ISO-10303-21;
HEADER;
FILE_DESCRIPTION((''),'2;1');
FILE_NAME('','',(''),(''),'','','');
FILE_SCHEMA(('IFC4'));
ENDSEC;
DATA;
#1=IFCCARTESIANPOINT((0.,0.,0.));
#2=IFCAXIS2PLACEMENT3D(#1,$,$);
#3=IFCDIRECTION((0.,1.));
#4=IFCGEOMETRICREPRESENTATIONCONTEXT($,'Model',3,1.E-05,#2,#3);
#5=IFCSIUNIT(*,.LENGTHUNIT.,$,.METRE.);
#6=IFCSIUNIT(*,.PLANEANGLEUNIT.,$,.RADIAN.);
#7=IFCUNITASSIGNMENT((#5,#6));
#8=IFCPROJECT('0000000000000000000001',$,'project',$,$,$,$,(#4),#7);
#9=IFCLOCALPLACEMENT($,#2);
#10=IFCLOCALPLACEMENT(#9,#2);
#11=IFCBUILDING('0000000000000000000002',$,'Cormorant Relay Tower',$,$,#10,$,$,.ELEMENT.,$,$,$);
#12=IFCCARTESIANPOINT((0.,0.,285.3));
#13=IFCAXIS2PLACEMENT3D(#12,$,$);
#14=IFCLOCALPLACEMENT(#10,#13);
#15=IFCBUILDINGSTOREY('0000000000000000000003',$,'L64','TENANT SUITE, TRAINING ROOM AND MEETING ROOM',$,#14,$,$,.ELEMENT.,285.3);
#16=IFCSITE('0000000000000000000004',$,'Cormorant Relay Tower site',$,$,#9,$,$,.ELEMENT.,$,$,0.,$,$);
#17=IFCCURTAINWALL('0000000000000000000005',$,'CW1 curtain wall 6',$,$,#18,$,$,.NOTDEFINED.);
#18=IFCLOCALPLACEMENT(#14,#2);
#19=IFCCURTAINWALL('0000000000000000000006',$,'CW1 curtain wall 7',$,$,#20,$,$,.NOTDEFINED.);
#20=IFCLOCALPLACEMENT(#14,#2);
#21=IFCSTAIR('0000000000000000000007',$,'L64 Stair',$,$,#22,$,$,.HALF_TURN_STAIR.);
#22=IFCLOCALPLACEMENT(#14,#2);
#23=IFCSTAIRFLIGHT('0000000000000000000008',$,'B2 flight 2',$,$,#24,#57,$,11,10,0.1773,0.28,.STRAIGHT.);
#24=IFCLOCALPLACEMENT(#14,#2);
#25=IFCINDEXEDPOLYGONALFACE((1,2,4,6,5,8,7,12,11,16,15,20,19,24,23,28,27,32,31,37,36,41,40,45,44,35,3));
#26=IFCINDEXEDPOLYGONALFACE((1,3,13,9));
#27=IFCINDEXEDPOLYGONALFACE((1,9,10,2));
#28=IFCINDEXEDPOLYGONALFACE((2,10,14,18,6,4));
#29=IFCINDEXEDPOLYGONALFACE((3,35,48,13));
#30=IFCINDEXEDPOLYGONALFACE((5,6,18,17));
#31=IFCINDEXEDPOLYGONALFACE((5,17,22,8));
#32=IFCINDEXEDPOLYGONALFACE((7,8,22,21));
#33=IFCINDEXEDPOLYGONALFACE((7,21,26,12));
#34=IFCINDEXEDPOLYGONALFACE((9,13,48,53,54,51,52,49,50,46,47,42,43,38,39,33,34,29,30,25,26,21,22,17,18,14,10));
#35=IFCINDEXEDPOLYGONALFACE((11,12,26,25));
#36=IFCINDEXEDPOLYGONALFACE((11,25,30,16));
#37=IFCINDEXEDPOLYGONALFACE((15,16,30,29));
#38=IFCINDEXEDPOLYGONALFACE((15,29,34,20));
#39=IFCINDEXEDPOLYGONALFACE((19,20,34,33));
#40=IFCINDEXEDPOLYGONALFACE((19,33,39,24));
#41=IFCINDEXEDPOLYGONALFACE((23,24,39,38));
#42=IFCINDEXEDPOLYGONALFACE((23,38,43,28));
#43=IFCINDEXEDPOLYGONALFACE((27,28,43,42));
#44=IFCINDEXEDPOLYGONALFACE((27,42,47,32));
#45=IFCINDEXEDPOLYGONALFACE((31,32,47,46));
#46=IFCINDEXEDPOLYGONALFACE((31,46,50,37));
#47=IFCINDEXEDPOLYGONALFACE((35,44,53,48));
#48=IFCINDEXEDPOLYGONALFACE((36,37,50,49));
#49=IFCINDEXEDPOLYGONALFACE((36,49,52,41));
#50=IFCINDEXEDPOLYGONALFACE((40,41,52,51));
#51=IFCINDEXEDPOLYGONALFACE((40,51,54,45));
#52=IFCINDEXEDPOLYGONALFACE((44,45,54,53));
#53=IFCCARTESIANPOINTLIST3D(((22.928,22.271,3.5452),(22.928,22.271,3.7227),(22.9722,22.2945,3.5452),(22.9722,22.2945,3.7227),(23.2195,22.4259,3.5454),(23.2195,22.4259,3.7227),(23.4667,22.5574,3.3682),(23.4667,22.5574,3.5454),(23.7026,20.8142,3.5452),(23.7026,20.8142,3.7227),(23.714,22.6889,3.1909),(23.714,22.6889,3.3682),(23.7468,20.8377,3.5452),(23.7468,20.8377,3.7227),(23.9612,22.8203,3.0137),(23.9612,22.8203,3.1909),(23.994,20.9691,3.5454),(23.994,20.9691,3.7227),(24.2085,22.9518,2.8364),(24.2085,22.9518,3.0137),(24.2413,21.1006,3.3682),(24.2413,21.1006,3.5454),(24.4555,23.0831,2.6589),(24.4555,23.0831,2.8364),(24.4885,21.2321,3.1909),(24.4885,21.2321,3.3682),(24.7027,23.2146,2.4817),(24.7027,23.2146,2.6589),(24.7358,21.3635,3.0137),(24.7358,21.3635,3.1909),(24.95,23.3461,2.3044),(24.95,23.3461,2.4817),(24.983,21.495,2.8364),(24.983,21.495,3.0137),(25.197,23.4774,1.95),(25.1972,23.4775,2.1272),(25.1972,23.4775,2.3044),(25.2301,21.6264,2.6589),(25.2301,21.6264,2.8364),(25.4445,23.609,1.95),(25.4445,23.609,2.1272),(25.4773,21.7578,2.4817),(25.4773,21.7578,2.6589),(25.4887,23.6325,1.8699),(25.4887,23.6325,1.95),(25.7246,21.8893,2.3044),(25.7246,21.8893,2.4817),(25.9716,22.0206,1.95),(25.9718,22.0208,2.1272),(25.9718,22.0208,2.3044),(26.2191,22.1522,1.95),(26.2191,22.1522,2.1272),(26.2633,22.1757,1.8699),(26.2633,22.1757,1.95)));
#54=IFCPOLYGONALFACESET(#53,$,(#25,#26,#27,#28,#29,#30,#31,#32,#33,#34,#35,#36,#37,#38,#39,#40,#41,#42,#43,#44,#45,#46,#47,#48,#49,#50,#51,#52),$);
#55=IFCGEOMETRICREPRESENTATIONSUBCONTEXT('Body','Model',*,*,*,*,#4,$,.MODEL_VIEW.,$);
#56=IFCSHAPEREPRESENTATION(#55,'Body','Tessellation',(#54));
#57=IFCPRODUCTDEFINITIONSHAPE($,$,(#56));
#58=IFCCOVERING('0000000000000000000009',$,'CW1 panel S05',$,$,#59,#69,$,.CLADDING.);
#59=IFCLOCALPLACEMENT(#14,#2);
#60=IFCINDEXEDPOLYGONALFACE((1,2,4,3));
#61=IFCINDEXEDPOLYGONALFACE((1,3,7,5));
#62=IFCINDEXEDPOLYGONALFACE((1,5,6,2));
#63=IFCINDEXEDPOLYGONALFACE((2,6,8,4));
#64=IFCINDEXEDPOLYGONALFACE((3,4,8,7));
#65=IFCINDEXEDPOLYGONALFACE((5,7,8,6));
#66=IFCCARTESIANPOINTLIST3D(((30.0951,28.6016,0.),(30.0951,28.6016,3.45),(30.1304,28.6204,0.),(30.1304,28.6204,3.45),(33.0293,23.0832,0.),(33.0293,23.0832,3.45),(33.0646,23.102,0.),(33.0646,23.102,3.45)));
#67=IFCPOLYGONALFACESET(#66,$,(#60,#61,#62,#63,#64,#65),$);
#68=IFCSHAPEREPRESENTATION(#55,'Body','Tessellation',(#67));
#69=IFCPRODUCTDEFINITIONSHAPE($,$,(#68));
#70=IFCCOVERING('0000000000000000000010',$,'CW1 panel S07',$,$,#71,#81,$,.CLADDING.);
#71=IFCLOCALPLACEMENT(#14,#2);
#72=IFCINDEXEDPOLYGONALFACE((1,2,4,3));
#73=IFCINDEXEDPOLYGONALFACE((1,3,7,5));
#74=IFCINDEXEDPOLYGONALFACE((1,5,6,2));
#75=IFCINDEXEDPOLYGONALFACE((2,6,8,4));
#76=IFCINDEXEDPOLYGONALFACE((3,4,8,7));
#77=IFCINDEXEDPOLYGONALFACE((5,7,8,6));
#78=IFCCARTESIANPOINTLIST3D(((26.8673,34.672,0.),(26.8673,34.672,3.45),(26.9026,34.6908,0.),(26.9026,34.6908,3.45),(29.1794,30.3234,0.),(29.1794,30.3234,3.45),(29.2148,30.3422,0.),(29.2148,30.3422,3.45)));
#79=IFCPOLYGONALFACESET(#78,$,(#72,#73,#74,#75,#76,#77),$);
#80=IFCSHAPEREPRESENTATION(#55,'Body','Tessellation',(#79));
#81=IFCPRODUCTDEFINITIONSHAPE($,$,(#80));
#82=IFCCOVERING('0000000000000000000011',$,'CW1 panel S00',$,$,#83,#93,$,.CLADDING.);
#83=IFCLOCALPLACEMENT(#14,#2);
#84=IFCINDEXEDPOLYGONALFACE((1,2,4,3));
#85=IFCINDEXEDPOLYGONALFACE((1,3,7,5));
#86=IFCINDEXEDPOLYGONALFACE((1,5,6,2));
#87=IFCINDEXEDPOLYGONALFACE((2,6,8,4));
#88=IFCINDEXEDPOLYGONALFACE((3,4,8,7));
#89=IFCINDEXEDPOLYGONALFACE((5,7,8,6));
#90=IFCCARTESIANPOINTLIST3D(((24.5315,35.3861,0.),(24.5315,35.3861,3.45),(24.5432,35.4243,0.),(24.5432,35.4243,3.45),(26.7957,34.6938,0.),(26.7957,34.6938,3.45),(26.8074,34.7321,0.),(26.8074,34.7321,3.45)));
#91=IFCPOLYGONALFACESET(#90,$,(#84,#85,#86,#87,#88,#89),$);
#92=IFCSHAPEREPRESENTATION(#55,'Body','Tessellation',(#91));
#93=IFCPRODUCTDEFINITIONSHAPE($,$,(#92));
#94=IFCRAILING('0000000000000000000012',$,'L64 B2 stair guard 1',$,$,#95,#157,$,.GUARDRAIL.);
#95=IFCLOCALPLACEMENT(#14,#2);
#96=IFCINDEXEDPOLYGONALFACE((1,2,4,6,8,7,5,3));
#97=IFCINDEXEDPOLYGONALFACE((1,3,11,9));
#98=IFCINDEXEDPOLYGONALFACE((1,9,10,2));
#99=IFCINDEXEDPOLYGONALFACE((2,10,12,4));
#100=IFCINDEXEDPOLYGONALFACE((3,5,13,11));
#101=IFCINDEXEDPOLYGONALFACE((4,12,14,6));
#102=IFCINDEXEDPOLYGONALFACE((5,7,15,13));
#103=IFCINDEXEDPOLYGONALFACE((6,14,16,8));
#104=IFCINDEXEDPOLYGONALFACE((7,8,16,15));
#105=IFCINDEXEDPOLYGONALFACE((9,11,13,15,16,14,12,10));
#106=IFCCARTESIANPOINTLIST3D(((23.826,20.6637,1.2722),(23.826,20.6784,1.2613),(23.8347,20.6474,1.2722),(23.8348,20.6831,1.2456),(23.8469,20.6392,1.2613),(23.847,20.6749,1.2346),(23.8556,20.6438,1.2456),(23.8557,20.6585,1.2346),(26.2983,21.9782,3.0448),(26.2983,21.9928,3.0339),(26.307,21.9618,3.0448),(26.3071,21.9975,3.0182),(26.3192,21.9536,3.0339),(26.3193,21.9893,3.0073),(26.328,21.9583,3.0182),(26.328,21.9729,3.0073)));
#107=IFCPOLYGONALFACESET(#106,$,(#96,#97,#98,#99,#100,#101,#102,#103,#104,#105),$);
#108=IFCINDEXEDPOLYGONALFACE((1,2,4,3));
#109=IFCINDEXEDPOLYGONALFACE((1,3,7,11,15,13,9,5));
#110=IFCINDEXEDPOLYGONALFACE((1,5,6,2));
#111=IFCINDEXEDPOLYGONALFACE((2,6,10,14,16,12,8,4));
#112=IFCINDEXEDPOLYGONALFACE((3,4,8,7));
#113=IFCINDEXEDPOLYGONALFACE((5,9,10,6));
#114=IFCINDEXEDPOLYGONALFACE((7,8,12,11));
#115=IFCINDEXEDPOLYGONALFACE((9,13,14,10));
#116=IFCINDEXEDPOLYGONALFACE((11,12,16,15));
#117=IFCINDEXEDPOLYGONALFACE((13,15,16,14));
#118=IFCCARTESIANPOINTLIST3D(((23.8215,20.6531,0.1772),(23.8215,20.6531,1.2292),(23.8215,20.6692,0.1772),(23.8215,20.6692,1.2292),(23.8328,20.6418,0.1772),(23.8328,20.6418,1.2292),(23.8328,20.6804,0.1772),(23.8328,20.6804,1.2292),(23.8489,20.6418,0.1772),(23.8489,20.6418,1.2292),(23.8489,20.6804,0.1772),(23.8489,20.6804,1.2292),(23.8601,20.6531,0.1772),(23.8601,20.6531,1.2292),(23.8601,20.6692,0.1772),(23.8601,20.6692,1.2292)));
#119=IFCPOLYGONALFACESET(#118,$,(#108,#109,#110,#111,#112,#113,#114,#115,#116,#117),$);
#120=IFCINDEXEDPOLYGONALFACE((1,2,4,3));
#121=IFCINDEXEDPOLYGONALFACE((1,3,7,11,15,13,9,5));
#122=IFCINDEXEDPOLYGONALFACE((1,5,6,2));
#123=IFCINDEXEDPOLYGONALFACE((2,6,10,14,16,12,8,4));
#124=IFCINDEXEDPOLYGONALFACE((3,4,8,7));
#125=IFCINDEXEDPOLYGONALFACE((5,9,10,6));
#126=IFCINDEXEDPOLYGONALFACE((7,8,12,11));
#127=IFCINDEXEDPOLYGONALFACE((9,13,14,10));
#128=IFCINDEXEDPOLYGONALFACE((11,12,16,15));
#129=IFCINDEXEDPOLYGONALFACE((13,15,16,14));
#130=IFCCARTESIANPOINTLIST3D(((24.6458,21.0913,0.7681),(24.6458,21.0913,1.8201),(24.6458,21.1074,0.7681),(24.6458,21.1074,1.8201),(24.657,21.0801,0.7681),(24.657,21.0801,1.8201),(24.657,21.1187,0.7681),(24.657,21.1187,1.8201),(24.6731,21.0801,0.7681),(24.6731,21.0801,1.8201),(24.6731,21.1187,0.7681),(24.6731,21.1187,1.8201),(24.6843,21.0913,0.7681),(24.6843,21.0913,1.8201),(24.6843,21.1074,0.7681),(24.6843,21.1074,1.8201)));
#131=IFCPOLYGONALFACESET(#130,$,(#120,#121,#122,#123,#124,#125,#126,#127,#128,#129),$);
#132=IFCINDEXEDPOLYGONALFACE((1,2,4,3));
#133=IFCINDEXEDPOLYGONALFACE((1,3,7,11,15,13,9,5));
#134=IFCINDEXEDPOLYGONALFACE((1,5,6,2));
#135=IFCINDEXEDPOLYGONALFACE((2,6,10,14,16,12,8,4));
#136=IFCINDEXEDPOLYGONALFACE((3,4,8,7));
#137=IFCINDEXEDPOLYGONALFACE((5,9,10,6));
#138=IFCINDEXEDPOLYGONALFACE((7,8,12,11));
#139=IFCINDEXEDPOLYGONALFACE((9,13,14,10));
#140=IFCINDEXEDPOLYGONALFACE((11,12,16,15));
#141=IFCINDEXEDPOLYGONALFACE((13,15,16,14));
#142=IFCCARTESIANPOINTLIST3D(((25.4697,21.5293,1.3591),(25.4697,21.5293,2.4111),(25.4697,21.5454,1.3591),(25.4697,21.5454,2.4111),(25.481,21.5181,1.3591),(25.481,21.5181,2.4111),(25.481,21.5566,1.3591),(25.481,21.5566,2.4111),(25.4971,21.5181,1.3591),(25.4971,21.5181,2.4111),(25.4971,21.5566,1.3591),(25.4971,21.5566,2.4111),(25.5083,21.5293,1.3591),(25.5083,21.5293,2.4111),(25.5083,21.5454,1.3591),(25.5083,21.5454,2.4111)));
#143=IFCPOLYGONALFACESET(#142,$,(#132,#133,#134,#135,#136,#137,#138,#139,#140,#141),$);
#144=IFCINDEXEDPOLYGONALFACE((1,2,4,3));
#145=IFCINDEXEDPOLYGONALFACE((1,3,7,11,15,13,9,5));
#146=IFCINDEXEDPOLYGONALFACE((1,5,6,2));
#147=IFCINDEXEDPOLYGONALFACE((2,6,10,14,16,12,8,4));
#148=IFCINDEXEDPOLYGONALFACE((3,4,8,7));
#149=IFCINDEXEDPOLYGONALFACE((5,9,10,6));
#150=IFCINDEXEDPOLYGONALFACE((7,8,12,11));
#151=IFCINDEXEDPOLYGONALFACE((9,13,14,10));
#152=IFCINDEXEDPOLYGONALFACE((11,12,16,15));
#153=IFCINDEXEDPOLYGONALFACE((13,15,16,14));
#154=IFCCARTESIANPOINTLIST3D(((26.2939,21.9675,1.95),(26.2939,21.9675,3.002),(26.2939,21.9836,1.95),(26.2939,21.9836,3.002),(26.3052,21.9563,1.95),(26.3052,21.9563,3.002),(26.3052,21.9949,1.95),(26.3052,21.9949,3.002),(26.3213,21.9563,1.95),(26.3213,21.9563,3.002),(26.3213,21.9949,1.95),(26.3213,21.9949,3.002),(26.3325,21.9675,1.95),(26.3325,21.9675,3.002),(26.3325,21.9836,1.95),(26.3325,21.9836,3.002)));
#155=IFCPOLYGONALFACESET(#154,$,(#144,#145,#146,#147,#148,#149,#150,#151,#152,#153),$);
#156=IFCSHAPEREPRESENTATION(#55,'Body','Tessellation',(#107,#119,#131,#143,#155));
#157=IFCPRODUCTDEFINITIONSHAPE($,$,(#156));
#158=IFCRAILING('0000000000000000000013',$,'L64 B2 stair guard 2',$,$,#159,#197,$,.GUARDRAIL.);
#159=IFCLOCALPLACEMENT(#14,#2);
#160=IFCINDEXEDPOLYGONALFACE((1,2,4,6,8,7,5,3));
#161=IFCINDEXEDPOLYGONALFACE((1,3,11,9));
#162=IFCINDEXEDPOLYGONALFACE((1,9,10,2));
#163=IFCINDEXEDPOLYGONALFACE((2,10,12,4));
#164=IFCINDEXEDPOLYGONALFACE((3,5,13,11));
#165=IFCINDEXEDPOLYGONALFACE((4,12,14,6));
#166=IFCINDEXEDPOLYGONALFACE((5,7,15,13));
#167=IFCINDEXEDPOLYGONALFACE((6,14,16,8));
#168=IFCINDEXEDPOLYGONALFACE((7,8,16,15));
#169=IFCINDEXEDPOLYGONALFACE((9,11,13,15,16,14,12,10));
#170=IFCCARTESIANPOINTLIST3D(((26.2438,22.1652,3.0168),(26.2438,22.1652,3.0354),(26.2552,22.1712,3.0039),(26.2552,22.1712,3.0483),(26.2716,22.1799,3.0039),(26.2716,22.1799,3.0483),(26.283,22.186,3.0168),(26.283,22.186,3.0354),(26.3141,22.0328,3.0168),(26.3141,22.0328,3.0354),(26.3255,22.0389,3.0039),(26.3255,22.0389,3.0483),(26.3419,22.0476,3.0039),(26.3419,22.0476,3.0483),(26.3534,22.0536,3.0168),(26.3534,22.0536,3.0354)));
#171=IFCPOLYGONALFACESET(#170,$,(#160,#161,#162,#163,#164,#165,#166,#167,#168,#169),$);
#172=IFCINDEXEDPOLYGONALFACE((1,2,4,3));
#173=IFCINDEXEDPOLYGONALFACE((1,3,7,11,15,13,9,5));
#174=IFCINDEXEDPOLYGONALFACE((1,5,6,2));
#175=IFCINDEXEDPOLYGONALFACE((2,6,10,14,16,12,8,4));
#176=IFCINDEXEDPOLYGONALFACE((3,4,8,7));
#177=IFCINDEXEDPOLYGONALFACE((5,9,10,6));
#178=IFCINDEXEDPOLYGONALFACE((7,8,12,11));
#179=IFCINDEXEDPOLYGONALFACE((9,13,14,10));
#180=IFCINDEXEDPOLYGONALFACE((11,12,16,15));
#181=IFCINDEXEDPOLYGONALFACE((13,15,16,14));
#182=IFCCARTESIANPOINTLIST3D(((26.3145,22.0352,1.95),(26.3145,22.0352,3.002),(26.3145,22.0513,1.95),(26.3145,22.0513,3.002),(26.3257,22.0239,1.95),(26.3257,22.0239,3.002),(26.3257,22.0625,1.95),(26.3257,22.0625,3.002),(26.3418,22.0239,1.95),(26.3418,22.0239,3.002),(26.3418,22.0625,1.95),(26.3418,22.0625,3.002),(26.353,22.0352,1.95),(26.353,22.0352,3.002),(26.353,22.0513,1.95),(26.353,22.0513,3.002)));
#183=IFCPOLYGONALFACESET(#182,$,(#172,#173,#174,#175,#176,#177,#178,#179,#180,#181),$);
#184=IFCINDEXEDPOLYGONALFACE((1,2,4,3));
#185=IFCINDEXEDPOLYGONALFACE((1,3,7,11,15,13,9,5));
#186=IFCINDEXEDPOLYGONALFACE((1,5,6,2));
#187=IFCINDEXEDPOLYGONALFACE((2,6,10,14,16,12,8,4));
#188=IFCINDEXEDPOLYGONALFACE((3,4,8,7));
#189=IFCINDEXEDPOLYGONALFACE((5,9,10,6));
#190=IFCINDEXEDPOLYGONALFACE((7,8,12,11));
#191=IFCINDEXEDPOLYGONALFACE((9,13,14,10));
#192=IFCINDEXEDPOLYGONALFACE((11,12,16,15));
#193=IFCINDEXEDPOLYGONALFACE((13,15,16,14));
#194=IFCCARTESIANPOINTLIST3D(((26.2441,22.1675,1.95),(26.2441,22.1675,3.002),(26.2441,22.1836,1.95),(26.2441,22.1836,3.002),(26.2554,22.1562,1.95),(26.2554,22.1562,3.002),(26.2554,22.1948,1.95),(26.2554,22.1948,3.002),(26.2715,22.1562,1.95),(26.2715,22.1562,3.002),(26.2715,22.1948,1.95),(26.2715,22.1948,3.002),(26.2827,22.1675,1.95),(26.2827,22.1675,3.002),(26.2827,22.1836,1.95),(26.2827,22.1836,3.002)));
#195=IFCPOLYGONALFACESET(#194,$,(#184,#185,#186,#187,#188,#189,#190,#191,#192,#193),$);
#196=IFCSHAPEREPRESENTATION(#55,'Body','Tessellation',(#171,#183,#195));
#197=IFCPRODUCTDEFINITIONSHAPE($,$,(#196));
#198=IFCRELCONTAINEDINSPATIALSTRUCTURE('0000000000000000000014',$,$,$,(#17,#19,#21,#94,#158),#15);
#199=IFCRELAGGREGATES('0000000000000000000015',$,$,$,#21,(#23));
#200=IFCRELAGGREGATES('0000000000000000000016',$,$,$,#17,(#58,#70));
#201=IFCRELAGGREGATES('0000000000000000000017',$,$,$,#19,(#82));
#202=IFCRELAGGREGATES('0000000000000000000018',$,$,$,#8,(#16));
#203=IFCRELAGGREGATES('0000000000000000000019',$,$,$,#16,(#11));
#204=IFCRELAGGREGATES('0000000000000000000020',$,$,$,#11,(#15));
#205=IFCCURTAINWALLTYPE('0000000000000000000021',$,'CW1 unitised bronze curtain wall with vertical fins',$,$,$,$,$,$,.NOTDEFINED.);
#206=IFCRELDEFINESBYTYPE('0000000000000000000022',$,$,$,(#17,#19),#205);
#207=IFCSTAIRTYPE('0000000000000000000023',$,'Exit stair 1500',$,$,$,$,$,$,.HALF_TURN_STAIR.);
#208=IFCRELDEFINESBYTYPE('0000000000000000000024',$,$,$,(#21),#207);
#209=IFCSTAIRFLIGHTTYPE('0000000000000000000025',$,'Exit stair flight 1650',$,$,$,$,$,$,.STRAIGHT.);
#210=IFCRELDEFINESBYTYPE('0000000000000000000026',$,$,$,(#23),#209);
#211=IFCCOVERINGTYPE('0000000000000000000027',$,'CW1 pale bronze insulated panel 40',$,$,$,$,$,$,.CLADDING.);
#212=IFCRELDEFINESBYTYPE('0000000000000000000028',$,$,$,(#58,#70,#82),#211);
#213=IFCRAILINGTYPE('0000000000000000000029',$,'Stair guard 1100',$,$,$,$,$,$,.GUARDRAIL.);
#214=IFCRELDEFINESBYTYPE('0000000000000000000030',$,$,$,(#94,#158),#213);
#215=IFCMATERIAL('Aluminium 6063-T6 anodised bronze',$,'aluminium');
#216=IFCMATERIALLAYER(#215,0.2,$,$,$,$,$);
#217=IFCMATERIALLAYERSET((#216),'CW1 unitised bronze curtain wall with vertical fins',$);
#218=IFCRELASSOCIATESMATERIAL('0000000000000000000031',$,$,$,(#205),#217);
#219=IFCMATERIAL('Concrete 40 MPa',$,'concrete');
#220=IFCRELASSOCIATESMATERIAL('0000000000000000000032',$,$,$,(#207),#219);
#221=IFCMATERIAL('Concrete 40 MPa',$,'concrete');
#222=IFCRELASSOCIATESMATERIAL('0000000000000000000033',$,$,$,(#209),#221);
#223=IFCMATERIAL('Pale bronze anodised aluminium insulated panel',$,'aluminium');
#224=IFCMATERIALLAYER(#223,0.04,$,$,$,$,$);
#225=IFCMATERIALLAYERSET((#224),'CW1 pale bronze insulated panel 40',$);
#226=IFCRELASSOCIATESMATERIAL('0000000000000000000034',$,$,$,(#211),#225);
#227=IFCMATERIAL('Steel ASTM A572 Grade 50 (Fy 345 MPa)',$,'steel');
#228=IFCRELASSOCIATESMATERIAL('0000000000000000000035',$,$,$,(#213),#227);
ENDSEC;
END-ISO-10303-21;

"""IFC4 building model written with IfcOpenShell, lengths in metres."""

from ifc_helpers import new_model, si_unit, direction, frame, origin, origin_2d, place, context, subcontext, project, spatial, polyline, rectangle, outline, extrude, material, layer, layer_set, type_object, element, aggregate, save


model = new_model("IFC4")

# Units and contexts
model_context = context("Model", 3, precision=1e-05, world=origin(), true_north=direction((0.0, 1.0)))
body_context = subcontext(model_context, "Body", "Model", "MODEL_VIEW")
ifc_project = project(units=[si_unit("LENGTHUNIT", "METRE"), si_unit("PLANEANGLEUNIT", "RADIAN")], contexts=[model_context])

# Site, building, storey
site_placement = place(None, origin())
site = spatial("IfcSite", under=ifc_project, at=site_placement, Name="Cormorant Relay Tower site", CompositionType="ELEMENT", RefElevation=0.0)
building_placement = place(site_placement, origin())
building = spatial("IfcBuilding", under=site, at=building_placement, Name="Cormorant Relay Tower", CompositionType="ELEMENT")
storey_placement = place(building_placement, frame((0.0, 0.0, 285.3)))
storey = spatial("IfcBuildingStorey", under=building, at=storey_placement, Name="L64", Description="TENANT SUITE, TRAINING ROOM AND MEETING ROOM", CompositionType="ELEMENT", Elevation=285.3)

# Curtain walls
ifc_material_1 = material(Name="Aluminium 6063-T6 anodised bronze", Category="aluminium")
ifc_layer_1 = layer(ifc_material_1, 0.2)
ifc_layer_set_1 = layer_set([ifc_layer_1], Name="CW1 unitised bronze curtain wall with vertical fins")
curtain_wall_type = type_object("IfcCurtainWallType", Name="CW1 unitised bronze curtain wall with vertical fins", PredefinedType="NOTDEFINED", material=ifc_layer_set_1)
curtain_wall_1_placement = place(storey_placement, origin())
curtain_wall_1 = element("IfcCurtainWall", 1, at=curtain_wall_1_placement, inside=storey, type_object=curtain_wall_type, Name="CW1 curtain wall 6", PredefinedType="NOTDEFINED")
curtain_wall_2_placement = place(storey_placement, origin())
curtain_wall_2 = element("IfcCurtainWall", 2, at=curtain_wall_2_placement, inside=storey, type_object=curtain_wall_type, Name="CW1 curtain wall 7", PredefinedType="NOTDEFINED")

# Stair, stair flight
ifc_material_2 = material(Name="Concrete 40 MPa", Category="concrete")
stair_type = type_object("IfcStairType", Name="Exit stair 1500", PredefinedType="HALF_TURN_STAIR", material=ifc_material_2)
stair_placement = place(storey_placement, origin())
stair = element("IfcStair", 3, at=stair_placement, inside=storey, type_object=stair_type, Name="L64 Stair", PredefinedType="HALF_TURN_STAIR")
ifc_material_3 = material(Name="Concrete 40 MPa", Category="concrete")
stair_flight_type = type_object("IfcStairFlightType", Name="Exit stair flight 1650", PredefinedType="STRAIGHT", material=ifc_material_3)
stair_flight_1_placement = place(storey_placement, frame((25.8318, 22.8806, 1.95), z_axis=(0.0, 0.0, 1.0), x_axis=(-0.882948, -0.469472, 0.0)))
stair_flight_1 = element("IfcStairFlight", 4, at=stair_flight_1_placement, type_object=stair_flight_type, Name="B2 flight 2", NumberOfRisers=11, NumberOfTreads=10, PredefinedType="STRAIGHT", RiserHeight=0.1773, TreadLength=0.28, context=body_context, shape_type="SweptSolid", body=[
    extrude(outline(polyline([(-0.05, -0.0801), (-0.05, 0.0), (0.0, 0.0), (0.0, 0.1772), (0.28, 0.1772), (0.28, 0.3545), (0.5601, 0.3545), (0.5601, 0.5317), (0.8401, 0.5317), (0.8401, 0.709), (1.1201, 0.709), (1.1201, 0.8865), (1.3999, 0.8865), (1.3999, 1.0637), (1.6799, 1.0637), (1.6799, 1.241), (1.96, 1.241), (1.96, 1.4182), (2.24, 1.4182), (2.24, 1.5955), (2.52, 1.5955), (2.52, 1.7727), (2.8, 1.7727), (2.8501, 1.7727), (2.8501, 1.5952), (2.8, 1.5952), (0.2803, 0.0), (-0.05, -0.0801)])), frame((0.0, 0.825, 0.0), z_axis=(0.0, -1.0, 0.0), x_axis=(1.0, 0.0, 0.0)), (0.0, 0.0, 1.0), 1.6499),
])
aggregate(stair, [stair_flight_1])

# Coverings
ifc_material_4 = material(Name="Pale bronze anodised aluminium insulated panel", Category="aluminium")
ifc_layer_2 = layer(ifc_material_4, 0.04)
ifc_layer_set_2 = layer_set([ifc_layer_2], Name="CW1 pale bronze insulated panel 40")
covering_type = type_object("IfcCoveringType", Name="CW1 pale bronze insulated panel 40", PredefinedType="CLADDING", material=ifc_layer_set_2)
covering_1_placement = place(storey_placement, frame((31.5798, 25.8518, 0.0), z_axis=(0.0, 0.0, 1.0), x_axis=(-0.469472, 0.882948, 0.0)))
covering_1 = element("IfcCovering", 5, at=covering_1_placement, type_object=covering_type, Name="CW1 panel S05", PredefinedType="CLADDING", context=body_context, shape_type="SweptSolid", body=[
    extrude(rectangle(XDim=6.25, YDim=0.04, at=origin_2d()), origin(), (0.0, 0.0, 1.0), 3.45),
])
covering_2_placement = place(storey_placement, frame((28.041, 32.5071, 0.0), z_axis=(0.0, 0.0, 1.0), x_axis=(-0.469472, 0.882948, 0.0)))
covering_2 = element("IfcCovering", 6, at=covering_2_placement, type_object=covering_type, Name="CW1 panel S07", PredefinedType="CLADDING", context=body_context, shape_type="SweptSolid", body=[
    extrude(rectangle(XDim=4.925, YDim=0.04, at=origin_2d()), origin(), (0.0, 0.0, 1.0), 3.45),
])
aggregate(curtain_wall_1, [covering_1, covering_2])
covering_3_placement = place(storey_placement, frame((25.6694, 35.0591, 0.0), z_axis=(0.0, 0.0, 1.0), x_axis=(-0.956305, 0.292372, 0.0)))
covering_3 = element("IfcCovering", 7, at=covering_3_placement, type_object=covering_type, Name="CW1 panel S00", PredefinedType="CLADDING", context=body_context, shape_type="SweptSolid", body=[
    extrude(rectangle(XDim=2.3677, YDim=0.04, at=origin_2d()), origin(), (0.0, 0.0, 1.0), 3.45),
])
aggregate(curtain_wall_2, [covering_3])

# Railings
ifc_material_5 = material(Name="Steel ASTM A572 Grade 50 (Fy 345 MPa)", Category="steel")
railing_type_1 = type_object("IfcRailingType", Name="Stair guard 1100", PredefinedType="GUARDRAIL", material=ifc_material_5)
railing_1_placement = place(storey_placement, frame((23.8408, 20.6611, 0.1772)))
element("IfcRailing", 8, at=railing_1_placement, inside=storey, type_object=railing_type_1, Name="L64 B2 stair guard 1", PredefinedType="GUARDRAIL", context=body_context, shape_type="SweptSolid", body=[
    extrude(outline(polyline([(0.0222, 0.0093), (0.0093, 0.0222), (-0.0093, 0.0222), (-0.0222, 0.0093), (-0.0222, -0.0093), (-0.0093, -0.0222), (0.0093, -0.0222), (0.0222, -0.0093), (0.0222, 0.0093)])), frame((0.0, 0.0, 1.0762), z_axis=(0.746034, 0.396627, 0.534902), x_axis=(-0.469429, 0.88297, 0.0)), (0.0, 0.0, 1.0), 3.314),
    extrude(outline(polyline([(0.0193, 0.0081), (0.0081, 0.0193), (-0.0081, 0.0193), (-0.0193, 0.0081), (-0.0193, -0.0081), (-0.0081, -0.0193), (0.0081, -0.0193), (0.0193, -0.0081), (0.0193, 0.0081)])), origin(), (0.0, 0.0, 1.0), 1.052),
    extrude(outline(polyline([(0.0193, 0.0081), (0.0081, 0.0193), (-0.0081, 0.0193), (-0.0193, 0.0081), (-0.0193, -0.0081), (-0.0081, -0.0193), (0.0081, -0.0193), (0.0193, -0.0081), (0.0193, 0.0081)])), frame((0.8242, 0.4382, 0.5908)), (0.0, 0.0, 1.0), 1.052),
    extrude(outline(polyline([(0.0193, 0.0081), (0.0081, 0.0193), (-0.0081, 0.0193), (-0.0193, 0.0081), (-0.0193, -0.0081), (-0.0081, -0.0193), (0.0081, -0.0193), (0.0193, -0.0081), (0.0193, 0.0081)])), frame((1.6482, 0.8762, 1.1819)), (0.0, 0.0, 1.0), 1.052),
    extrude(outline(polyline([(0.0193, 0.0081), (0.0081, 0.0193), (-0.0081, 0.0193), (-0.0193, 0.0081), (-0.0193, -0.0081), (-0.0081, -0.0193), (0.0081, -0.0193), (0.0193, -0.0081), (0.0193, 0.0081)])), frame((2.4724, 1.3145, 1.7727)), (0.0, 0.0, 1.0), 1.052),
])
railing_2_placement = place(storey_placement, frame((26.3337, 22.0432, 1.95)))
element("IfcRailing", 9, at=railing_2_placement, inside=storey, type_object=railing_type_1, Name="L64 B2 stair guard 2", PredefinedType="GUARDRAIL", context=body_context, shape_type="SweptSolid", body=[
    extrude(outline(polyline([(0.0222, 0.0093), (0.0093, 0.0222), (-0.0093, 0.0222), (-0.0222, 0.0093), (-0.0222, -0.0093), (-0.0093, -0.0222), (0.0093, -0.0222), (0.0222, -0.0093), (0.0222, 0.0093)])), frame((0.0, 0.0, 1.0762), z_axis=(-0.469235, 0.883074, 0.0), x_axis=(-0.883074, -0.469235, 0.0)), (0.0, 0.0, 1.0), 0.1499),
    extrude(outline(polyline([(0.0193, 0.0081), (0.0081, 0.0193), (-0.0081, 0.0193), (-0.0193, 0.0081), (-0.0193, -0.0081), (-0.0081, -0.0193), (0.0081, -0.0193), (0.0193, -0.0081), (0.0193, 0.0081)])), origin(), (0.0, 0.0, 1.0), 1.052),
    extrude(outline(polyline([(0.0193, 0.0081), (0.0081, 0.0193), (-0.0081, 0.0193), (-0.0193, 0.0081), (-0.0193, -0.0081), (-0.0081, -0.0193), (0.0081, -0.0193), (0.0193, -0.0081), (0.0193, 0.0081)])), frame((-0.0703, 0.1323, 0.0)), (0.0, 0.0, 1.0), 1.052),
])

save(model, "model.ifc")
